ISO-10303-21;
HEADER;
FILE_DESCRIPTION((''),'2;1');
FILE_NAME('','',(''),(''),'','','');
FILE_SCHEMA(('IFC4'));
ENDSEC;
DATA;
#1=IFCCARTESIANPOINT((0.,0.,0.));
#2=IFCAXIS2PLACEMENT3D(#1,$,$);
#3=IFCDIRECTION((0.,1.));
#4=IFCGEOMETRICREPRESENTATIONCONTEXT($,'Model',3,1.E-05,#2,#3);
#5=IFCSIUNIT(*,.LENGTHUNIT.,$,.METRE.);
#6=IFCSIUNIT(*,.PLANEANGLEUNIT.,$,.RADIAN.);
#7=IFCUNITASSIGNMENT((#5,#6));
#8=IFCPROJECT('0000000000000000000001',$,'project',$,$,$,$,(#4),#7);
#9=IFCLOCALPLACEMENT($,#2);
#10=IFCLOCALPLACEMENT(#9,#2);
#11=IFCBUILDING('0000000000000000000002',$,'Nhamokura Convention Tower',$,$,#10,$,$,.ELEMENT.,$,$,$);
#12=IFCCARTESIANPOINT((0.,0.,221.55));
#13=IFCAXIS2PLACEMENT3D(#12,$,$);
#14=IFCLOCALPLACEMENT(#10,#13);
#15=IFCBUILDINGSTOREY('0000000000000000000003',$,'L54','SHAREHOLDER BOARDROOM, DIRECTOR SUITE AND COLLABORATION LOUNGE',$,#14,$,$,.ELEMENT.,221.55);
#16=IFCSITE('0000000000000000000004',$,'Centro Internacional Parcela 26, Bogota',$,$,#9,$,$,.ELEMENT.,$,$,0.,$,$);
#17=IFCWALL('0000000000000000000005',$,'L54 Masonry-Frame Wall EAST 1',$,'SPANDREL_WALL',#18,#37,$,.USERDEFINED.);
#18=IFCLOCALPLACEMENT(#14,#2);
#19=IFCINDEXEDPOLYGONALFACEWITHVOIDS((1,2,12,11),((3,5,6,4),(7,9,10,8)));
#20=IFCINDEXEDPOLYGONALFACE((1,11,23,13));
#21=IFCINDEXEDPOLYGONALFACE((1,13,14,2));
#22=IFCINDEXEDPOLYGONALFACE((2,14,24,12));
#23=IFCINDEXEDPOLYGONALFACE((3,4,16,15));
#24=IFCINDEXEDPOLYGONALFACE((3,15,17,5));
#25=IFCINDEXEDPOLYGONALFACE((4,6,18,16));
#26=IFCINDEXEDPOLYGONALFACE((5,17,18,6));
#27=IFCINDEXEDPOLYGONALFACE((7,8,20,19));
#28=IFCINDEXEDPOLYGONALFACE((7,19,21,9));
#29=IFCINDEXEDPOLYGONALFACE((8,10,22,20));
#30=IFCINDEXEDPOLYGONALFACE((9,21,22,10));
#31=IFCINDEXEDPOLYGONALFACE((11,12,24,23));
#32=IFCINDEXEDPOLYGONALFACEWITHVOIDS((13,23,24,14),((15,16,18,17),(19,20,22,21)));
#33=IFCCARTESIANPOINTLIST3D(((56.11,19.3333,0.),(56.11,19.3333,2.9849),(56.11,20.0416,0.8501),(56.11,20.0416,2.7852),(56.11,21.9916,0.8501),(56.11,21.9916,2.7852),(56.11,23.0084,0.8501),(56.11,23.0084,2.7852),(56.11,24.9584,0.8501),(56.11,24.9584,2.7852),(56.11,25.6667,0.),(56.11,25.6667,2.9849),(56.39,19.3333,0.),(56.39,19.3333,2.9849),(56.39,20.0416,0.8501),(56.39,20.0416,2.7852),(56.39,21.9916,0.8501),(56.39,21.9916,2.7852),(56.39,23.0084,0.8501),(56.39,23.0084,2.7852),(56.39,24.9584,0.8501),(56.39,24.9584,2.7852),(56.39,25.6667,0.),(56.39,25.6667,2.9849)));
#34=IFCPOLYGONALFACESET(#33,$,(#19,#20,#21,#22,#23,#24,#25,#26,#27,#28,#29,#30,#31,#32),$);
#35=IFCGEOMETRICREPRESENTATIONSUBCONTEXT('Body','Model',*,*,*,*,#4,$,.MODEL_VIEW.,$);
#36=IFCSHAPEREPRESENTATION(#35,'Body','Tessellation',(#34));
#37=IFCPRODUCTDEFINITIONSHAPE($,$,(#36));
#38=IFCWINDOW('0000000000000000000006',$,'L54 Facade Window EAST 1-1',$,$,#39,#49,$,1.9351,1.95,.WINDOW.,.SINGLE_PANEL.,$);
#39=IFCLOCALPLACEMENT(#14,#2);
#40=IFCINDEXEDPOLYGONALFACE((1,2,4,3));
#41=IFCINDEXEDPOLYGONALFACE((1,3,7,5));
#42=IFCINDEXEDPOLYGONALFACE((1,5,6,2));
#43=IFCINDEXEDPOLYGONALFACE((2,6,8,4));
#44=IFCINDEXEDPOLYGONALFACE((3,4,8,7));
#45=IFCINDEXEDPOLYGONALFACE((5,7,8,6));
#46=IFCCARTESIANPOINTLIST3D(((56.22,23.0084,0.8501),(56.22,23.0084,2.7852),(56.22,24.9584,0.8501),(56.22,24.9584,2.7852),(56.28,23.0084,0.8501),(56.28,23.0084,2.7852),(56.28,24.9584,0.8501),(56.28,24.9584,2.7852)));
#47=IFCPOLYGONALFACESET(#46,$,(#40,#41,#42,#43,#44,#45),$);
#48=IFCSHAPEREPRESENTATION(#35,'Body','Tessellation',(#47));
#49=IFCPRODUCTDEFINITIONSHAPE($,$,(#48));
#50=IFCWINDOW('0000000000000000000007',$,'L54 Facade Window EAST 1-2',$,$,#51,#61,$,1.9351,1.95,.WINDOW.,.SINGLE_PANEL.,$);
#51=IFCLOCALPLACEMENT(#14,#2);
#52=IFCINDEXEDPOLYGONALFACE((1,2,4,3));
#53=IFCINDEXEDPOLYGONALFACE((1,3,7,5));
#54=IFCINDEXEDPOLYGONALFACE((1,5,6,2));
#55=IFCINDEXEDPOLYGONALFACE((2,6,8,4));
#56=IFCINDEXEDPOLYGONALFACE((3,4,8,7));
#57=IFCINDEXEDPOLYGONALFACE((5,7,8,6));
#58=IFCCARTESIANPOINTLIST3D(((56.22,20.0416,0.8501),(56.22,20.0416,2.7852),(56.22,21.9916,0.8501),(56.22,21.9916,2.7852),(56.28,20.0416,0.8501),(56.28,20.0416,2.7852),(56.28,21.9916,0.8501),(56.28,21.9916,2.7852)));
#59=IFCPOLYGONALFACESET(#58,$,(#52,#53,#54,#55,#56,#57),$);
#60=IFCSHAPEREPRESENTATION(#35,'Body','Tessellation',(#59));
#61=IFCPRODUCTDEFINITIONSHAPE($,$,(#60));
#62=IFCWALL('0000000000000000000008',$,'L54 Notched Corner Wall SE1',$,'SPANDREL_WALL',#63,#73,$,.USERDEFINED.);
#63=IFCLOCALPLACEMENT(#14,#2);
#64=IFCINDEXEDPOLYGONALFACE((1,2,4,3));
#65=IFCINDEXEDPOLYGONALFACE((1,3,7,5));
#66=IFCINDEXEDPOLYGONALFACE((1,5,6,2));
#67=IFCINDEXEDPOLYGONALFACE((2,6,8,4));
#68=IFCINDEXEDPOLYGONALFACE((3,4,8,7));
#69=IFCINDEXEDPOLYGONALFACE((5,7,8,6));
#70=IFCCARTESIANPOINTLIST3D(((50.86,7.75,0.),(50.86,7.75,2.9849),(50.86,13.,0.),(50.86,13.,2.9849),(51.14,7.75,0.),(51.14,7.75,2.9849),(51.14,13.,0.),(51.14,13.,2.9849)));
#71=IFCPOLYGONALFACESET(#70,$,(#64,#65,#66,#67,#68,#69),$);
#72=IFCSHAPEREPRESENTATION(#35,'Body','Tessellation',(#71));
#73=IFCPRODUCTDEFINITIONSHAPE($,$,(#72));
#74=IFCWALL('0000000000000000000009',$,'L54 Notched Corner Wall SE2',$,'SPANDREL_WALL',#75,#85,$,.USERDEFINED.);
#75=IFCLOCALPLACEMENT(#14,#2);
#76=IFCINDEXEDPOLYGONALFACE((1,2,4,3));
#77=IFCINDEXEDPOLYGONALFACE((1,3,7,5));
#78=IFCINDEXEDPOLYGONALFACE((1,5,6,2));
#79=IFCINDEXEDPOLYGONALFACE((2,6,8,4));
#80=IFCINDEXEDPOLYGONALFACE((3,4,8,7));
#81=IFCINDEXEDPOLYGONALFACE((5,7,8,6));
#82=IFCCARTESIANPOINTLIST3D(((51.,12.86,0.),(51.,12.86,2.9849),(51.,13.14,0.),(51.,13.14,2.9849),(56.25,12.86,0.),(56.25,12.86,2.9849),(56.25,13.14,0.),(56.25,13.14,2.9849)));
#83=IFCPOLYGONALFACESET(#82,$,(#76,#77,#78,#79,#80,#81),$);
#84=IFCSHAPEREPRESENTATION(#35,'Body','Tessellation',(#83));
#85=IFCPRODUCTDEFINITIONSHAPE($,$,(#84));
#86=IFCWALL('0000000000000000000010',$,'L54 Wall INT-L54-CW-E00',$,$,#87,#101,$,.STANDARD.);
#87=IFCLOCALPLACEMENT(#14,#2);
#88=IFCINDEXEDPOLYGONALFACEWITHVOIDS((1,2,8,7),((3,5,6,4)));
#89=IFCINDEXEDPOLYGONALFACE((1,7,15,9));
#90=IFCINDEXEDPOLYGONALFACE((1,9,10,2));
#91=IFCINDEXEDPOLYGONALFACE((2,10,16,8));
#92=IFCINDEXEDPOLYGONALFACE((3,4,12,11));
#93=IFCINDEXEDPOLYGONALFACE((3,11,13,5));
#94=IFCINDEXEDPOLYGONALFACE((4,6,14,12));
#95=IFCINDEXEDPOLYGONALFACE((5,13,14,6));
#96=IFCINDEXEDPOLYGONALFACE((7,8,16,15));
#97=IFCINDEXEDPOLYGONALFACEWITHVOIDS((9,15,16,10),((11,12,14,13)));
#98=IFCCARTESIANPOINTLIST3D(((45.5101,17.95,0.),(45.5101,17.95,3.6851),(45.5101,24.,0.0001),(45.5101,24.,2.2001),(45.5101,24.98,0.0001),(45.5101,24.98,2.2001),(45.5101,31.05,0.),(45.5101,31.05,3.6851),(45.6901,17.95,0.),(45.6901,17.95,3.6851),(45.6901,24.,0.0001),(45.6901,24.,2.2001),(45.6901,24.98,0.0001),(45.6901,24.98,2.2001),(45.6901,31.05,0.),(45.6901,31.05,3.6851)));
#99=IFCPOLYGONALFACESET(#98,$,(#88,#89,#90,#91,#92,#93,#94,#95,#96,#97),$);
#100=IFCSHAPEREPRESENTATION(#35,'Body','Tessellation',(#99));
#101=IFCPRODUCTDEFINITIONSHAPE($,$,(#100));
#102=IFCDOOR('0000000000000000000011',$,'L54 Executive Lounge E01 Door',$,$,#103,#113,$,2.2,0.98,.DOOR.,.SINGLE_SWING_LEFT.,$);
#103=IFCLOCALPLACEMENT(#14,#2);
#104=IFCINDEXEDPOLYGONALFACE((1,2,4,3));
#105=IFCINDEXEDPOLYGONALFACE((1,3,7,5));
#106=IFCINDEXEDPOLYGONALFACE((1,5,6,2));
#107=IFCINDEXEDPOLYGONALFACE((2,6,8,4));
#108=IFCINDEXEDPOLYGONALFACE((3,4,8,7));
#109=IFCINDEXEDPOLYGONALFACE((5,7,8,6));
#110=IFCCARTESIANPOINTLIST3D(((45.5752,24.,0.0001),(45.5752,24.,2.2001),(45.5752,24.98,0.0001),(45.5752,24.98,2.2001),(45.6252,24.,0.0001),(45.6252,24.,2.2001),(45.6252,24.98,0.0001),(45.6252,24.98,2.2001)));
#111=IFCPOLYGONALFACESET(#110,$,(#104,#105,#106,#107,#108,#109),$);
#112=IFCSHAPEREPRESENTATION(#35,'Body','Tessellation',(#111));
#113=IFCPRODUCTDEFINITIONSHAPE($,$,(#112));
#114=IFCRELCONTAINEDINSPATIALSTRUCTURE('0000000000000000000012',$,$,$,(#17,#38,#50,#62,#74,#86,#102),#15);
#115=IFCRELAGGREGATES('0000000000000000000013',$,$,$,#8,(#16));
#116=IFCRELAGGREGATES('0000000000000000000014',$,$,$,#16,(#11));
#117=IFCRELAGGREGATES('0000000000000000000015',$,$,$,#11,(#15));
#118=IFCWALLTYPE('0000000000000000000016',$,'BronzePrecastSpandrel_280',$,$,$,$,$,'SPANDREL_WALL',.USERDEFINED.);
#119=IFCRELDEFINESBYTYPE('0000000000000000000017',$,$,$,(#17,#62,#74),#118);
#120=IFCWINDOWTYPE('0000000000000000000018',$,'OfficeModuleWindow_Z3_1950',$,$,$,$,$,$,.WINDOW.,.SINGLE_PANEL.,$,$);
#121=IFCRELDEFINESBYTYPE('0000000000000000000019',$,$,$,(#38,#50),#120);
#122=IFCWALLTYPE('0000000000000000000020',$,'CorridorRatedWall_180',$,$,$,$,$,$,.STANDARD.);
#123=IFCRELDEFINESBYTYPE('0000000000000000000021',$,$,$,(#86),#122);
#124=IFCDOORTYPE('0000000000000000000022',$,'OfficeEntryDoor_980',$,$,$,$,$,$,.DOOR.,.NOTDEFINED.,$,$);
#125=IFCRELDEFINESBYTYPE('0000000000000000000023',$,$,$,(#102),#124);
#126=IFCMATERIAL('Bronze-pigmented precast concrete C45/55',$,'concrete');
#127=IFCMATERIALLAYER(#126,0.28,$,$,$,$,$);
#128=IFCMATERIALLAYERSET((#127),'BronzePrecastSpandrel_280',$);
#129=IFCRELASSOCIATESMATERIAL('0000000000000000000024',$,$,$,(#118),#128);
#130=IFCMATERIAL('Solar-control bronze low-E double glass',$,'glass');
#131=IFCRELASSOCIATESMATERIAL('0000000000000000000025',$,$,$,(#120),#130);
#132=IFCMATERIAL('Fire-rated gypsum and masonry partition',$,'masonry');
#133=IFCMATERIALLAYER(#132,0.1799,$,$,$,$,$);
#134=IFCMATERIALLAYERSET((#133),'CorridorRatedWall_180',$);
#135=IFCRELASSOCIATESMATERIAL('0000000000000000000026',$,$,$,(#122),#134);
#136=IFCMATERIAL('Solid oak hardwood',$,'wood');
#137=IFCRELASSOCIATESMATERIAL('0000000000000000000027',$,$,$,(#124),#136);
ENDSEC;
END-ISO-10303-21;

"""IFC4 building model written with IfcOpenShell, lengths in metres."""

from ifc_helpers import new_model, si_unit, direction, frame, frame_2d, origin, place, context, subcontext, project, spatial, rectangle, extrude, material, layer, layer_set, type_object, element, fill, save


model = new_model("IFC4")

# Units and contexts
model_context = context("Model", 3, precision=1e-05, world=origin(), true_north=direction((0.0, 1.0)))
body_context = subcontext(model_context, "Body", "Model", "MODEL_VIEW")
ifc_project = project(units=[si_unit("LENGTHUNIT", "METRE"), si_unit("PLANEANGLEUNIT", "RADIAN")], contexts=[model_context])

# Site, building, storey
site_placement = place(None, origin())
site = spatial("IfcSite", under=ifc_project, at=site_placement, Name="Centro Internacional Parcela 26, Bogota", CompositionType="ELEMENT", RefElevation=0.0)
building_placement = place(site_placement, origin())
building = spatial("IfcBuilding", under=site, at=building_placement, Name="Nhamokura Convention Tower", CompositionType="ELEMENT")
storey_placement = place(building_placement, frame((0.0, 0.0, 221.55)))
storey = spatial("IfcBuildingStorey", under=building, at=storey_placement, Name="L54", Description="SHAREHOLDER BOARDROOM, DIRECTOR SUITE AND COLLABORATION LOUNGE", CompositionType="ELEMENT", Elevation=221.55)

# Shared definitions
ifc_material_1 = material(Name="Bronze-pigmented precast concrete C45/55", Category="concrete")
ifc_layer_1 = layer(ifc_material_1, 0.28)
ifc_layer_set_1 = layer_set([ifc_layer_1], Name="BronzePrecastSpandrel_280")
wall_type_1 = type_object("IfcWallType", Name="BronzePrecastSpandrel_280", ElementType="SPANDREL_WALL", PredefinedType="USERDEFINED", material=ifc_layer_set_1)
ifc_material_2 = material(Name="Solar-control bronze low-E double glass", Category="glass")
window_type = type_object("IfcWindowType", Name="OfficeModuleWindow_Z3_1950", PartitioningType="SINGLE_PANEL", PredefinedType="WINDOW", material=ifc_material_2)

# Wall, openings, windows
wall_1_placement = place(storey_placement, frame((56.25, 25.6667, 0.0), z_axis=(0.0, 0.0, 1.0), x_axis=(0.0, -1.0, 0.0)))
wall_1 = element("IfcWall", 1, at=wall_1_placement, inside=storey, type_object=wall_type_1, Name="L54 Masonry-Frame Wall EAST 1", ObjectType="SPANDREL_WALL", PredefinedType="USERDEFINED", context=body_context, shape_type="SweptSolid", body=[
    extrude(rectangle(XDim=6.3335, YDim=0.28, at=frame_2d((3.1667, 0.0))), origin(), (0.0, 0.0, 1.0), 2.9849),
])
opening_1_placement = place(wall_1_placement, frame((0.7083, 0.0, 0.8501)))
opening_1 = element("IfcOpeningElement", 2, at=opening_1_placement, cuts=wall_1, PredefinedType="OPENING", context=body_context, shape_type="SweptSolid", body=[
    extrude(rectangle(XDim=1.95, YDim=1.9351, at=frame_2d((0.9751, 0.9675))), frame((0.0, 0.1499, 0.0), z_axis=(0.0, -1.0, 0.0), x_axis=(1.0, 0.0, 0.0)), (0.0, 0.0, 1.0), 0.3),
])
opening_2_placement = place(wall_1_placement, frame((3.675, 0.0, 0.8501)))
opening_2 = element("IfcOpeningElement", 3, at=opening_2_placement, cuts=wall_1, PredefinedType="OPENING", context=body_context, shape_type="SweptSolid", body=[
    extrude(rectangle(XDim=1.95, YDim=1.9351, at=frame_2d((0.9751, 0.9675))), frame((0.0, 0.1499, 0.0), z_axis=(0.0, -1.0, 0.0), x_axis=(1.0, 0.0, 0.0)), (0.0, 0.0, 1.0), 0.3),
])
window_1_placement = place(opening_1_placement, origin())
window_1 = element("IfcWindow", 4, at=window_1_placement, inside=storey, type_object=window_type, Name="L54 Facade Window EAST 1-1", OverallHeight=1.9351, OverallWidth=1.95, PartitioningType="SINGLE_PANEL", PredefinedType="WINDOW", context=body_context, shape_type="SweptSolid", body=[
    extrude(rectangle(XDim=1.95, YDim=1.9351, at=frame_2d((0.9751, 0.9675))), frame((0.0, 0.03, 0.0), z_axis=(0.0, -1.0, 0.0), x_axis=(1.0, 0.0, 0.0)), (0.0, 0.0, 1.0), 0.0601),
])
fill(opening_1, window_1)
window_2_placement = place(opening_2_placement, origin())
window_2 = element("IfcWindow", 5, at=window_2_placement, inside=storey, type_object=window_type, Name="L54 Facade Window EAST 1-2", OverallHeight=1.9351, OverallWidth=1.95, PartitioningType="SINGLE_PANEL", PredefinedType="WINDOW", context=body_context, shape_type="SweptSolid", body=[
    extrude(rectangle(XDim=1.95, YDim=1.9351, at=frame_2d((0.9751, 0.9675))), frame((0.0, 0.03, 0.0), z_axis=(0.0, -1.0, 0.0), x_axis=(1.0, 0.0, 0.0)), (0.0, 0.0, 1.0), 0.0601),
])
fill(opening_2, window_2)

# Walls
for number, where, z_axis, x_axis, name in (
    (6, (51.0, 13.0, 0.0), (0.0, 0.0, 1.0), (0.0, -1.0, 0.0), "L54 Notched Corner Wall SE1"),
    (7, (56.25, 13.0, 0.0), (0.0, 0.0, 1.0), (-1.0, 0.0, 0.0), "L54 Notched Corner Wall SE2"),
):
    element("IfcWall", number, at=place(storey_placement, frame(where, z_axis=z_axis, x_axis=x_axis)), inside=storey, type_object=wall_type_1, Name=name, ObjectType="SPANDREL_WALL", PredefinedType="USERDEFINED", context=body_context, shape_type="SweptSolid", body=[
        extrude(rectangle(XDim=5.25, YDim=0.28, at=frame_2d((2.625, 0.0))), origin(), (0.0, 0.0, 1.0), 2.9849),
    ])

# Wall, opening, door
ifc_material_3 = material(Name="Fire-rated gypsum and masonry partition", Category="masonry")
ifc_layer_2 = layer(ifc_material_3, 0.1799)
ifc_layer_set_2 = layer_set([ifc_layer_2], Name="CorridorRatedWall_180")
wall_type_2 = type_object("IfcWallType", Name="CorridorRatedWall_180", PredefinedType="STANDARD", material=ifc_layer_set_2)
wall_2_placement = place(storey_placement, frame((45.6001, 17.95, 0.0), z_axis=(0.0, 0.0, 1.0), x_axis=(0.0, 1.0, 0.0)))
wall_2 = element("IfcWall", 8, at=wall_2_placement, inside=storey, type_object=wall_type_2, Name="L54 Wall INT-L54-CW-E00", PredefinedType="STANDARD", context=body_context, shape_type="SweptSolid", body=[
    extrude(rectangle(XDim=13.1001, YDim=0.1799, at=frame_2d((6.55, 0.0))), origin(), (0.0, 0.0, 1.0), 3.6851),
])
opening_3_placement = place(wall_2_placement, frame((6.05, 0.0, 0.0)))
opening_3 = element("IfcOpeningElement", 9, at=opening_3_placement, cuts=wall_2, PredefinedType="OPENING", context=body_context, shape_type="SweptSolid", body=[
    extrude(rectangle(XDim=0.98, YDim=2.2, at=frame_2d((0.49, 1.1001))), frame((0.0, 0.0999, 0.0), z_axis=(0.0, -1.0, 0.0), x_axis=(1.0, 0.0, 0.0)), (0.0, 0.0, 1.0), 0.2),
])
ifc_material_4 = material(Name="Solid oak hardwood", Category="wood")
door_type_1 = type_object("IfcDoorType", Name="OfficeEntryDoor_980", OperationType="NOTDEFINED", PredefinedType="DOOR", material=ifc_material_4)
door_1_placement = place(opening_3_placement, origin())
door_1 = element("IfcDoor", 10, at=door_1_placement, inside=storey, type_object=door_type_1, Name="L54 Executive Lounge E01 Door", OperationType="SINGLE_SWING_LEFT", OverallHeight=2.2, OverallWidth=0.98, PredefinedType="DOOR", context=body_context, shape_type="SweptSolid", body=[
    extrude(rectangle(XDim=0.98, YDim=2.2, at=frame_2d((0.49, 1.1001))), frame((0.0, 0.0249, 0.0), z_axis=(0.0, -1.0, 0.0), x_axis=(1.0, 0.0, 0.0)), (0.0, 0.0, 1.0), 0.05),
])
fill(opening_3, door_1)

save(model, "model.ifc")
